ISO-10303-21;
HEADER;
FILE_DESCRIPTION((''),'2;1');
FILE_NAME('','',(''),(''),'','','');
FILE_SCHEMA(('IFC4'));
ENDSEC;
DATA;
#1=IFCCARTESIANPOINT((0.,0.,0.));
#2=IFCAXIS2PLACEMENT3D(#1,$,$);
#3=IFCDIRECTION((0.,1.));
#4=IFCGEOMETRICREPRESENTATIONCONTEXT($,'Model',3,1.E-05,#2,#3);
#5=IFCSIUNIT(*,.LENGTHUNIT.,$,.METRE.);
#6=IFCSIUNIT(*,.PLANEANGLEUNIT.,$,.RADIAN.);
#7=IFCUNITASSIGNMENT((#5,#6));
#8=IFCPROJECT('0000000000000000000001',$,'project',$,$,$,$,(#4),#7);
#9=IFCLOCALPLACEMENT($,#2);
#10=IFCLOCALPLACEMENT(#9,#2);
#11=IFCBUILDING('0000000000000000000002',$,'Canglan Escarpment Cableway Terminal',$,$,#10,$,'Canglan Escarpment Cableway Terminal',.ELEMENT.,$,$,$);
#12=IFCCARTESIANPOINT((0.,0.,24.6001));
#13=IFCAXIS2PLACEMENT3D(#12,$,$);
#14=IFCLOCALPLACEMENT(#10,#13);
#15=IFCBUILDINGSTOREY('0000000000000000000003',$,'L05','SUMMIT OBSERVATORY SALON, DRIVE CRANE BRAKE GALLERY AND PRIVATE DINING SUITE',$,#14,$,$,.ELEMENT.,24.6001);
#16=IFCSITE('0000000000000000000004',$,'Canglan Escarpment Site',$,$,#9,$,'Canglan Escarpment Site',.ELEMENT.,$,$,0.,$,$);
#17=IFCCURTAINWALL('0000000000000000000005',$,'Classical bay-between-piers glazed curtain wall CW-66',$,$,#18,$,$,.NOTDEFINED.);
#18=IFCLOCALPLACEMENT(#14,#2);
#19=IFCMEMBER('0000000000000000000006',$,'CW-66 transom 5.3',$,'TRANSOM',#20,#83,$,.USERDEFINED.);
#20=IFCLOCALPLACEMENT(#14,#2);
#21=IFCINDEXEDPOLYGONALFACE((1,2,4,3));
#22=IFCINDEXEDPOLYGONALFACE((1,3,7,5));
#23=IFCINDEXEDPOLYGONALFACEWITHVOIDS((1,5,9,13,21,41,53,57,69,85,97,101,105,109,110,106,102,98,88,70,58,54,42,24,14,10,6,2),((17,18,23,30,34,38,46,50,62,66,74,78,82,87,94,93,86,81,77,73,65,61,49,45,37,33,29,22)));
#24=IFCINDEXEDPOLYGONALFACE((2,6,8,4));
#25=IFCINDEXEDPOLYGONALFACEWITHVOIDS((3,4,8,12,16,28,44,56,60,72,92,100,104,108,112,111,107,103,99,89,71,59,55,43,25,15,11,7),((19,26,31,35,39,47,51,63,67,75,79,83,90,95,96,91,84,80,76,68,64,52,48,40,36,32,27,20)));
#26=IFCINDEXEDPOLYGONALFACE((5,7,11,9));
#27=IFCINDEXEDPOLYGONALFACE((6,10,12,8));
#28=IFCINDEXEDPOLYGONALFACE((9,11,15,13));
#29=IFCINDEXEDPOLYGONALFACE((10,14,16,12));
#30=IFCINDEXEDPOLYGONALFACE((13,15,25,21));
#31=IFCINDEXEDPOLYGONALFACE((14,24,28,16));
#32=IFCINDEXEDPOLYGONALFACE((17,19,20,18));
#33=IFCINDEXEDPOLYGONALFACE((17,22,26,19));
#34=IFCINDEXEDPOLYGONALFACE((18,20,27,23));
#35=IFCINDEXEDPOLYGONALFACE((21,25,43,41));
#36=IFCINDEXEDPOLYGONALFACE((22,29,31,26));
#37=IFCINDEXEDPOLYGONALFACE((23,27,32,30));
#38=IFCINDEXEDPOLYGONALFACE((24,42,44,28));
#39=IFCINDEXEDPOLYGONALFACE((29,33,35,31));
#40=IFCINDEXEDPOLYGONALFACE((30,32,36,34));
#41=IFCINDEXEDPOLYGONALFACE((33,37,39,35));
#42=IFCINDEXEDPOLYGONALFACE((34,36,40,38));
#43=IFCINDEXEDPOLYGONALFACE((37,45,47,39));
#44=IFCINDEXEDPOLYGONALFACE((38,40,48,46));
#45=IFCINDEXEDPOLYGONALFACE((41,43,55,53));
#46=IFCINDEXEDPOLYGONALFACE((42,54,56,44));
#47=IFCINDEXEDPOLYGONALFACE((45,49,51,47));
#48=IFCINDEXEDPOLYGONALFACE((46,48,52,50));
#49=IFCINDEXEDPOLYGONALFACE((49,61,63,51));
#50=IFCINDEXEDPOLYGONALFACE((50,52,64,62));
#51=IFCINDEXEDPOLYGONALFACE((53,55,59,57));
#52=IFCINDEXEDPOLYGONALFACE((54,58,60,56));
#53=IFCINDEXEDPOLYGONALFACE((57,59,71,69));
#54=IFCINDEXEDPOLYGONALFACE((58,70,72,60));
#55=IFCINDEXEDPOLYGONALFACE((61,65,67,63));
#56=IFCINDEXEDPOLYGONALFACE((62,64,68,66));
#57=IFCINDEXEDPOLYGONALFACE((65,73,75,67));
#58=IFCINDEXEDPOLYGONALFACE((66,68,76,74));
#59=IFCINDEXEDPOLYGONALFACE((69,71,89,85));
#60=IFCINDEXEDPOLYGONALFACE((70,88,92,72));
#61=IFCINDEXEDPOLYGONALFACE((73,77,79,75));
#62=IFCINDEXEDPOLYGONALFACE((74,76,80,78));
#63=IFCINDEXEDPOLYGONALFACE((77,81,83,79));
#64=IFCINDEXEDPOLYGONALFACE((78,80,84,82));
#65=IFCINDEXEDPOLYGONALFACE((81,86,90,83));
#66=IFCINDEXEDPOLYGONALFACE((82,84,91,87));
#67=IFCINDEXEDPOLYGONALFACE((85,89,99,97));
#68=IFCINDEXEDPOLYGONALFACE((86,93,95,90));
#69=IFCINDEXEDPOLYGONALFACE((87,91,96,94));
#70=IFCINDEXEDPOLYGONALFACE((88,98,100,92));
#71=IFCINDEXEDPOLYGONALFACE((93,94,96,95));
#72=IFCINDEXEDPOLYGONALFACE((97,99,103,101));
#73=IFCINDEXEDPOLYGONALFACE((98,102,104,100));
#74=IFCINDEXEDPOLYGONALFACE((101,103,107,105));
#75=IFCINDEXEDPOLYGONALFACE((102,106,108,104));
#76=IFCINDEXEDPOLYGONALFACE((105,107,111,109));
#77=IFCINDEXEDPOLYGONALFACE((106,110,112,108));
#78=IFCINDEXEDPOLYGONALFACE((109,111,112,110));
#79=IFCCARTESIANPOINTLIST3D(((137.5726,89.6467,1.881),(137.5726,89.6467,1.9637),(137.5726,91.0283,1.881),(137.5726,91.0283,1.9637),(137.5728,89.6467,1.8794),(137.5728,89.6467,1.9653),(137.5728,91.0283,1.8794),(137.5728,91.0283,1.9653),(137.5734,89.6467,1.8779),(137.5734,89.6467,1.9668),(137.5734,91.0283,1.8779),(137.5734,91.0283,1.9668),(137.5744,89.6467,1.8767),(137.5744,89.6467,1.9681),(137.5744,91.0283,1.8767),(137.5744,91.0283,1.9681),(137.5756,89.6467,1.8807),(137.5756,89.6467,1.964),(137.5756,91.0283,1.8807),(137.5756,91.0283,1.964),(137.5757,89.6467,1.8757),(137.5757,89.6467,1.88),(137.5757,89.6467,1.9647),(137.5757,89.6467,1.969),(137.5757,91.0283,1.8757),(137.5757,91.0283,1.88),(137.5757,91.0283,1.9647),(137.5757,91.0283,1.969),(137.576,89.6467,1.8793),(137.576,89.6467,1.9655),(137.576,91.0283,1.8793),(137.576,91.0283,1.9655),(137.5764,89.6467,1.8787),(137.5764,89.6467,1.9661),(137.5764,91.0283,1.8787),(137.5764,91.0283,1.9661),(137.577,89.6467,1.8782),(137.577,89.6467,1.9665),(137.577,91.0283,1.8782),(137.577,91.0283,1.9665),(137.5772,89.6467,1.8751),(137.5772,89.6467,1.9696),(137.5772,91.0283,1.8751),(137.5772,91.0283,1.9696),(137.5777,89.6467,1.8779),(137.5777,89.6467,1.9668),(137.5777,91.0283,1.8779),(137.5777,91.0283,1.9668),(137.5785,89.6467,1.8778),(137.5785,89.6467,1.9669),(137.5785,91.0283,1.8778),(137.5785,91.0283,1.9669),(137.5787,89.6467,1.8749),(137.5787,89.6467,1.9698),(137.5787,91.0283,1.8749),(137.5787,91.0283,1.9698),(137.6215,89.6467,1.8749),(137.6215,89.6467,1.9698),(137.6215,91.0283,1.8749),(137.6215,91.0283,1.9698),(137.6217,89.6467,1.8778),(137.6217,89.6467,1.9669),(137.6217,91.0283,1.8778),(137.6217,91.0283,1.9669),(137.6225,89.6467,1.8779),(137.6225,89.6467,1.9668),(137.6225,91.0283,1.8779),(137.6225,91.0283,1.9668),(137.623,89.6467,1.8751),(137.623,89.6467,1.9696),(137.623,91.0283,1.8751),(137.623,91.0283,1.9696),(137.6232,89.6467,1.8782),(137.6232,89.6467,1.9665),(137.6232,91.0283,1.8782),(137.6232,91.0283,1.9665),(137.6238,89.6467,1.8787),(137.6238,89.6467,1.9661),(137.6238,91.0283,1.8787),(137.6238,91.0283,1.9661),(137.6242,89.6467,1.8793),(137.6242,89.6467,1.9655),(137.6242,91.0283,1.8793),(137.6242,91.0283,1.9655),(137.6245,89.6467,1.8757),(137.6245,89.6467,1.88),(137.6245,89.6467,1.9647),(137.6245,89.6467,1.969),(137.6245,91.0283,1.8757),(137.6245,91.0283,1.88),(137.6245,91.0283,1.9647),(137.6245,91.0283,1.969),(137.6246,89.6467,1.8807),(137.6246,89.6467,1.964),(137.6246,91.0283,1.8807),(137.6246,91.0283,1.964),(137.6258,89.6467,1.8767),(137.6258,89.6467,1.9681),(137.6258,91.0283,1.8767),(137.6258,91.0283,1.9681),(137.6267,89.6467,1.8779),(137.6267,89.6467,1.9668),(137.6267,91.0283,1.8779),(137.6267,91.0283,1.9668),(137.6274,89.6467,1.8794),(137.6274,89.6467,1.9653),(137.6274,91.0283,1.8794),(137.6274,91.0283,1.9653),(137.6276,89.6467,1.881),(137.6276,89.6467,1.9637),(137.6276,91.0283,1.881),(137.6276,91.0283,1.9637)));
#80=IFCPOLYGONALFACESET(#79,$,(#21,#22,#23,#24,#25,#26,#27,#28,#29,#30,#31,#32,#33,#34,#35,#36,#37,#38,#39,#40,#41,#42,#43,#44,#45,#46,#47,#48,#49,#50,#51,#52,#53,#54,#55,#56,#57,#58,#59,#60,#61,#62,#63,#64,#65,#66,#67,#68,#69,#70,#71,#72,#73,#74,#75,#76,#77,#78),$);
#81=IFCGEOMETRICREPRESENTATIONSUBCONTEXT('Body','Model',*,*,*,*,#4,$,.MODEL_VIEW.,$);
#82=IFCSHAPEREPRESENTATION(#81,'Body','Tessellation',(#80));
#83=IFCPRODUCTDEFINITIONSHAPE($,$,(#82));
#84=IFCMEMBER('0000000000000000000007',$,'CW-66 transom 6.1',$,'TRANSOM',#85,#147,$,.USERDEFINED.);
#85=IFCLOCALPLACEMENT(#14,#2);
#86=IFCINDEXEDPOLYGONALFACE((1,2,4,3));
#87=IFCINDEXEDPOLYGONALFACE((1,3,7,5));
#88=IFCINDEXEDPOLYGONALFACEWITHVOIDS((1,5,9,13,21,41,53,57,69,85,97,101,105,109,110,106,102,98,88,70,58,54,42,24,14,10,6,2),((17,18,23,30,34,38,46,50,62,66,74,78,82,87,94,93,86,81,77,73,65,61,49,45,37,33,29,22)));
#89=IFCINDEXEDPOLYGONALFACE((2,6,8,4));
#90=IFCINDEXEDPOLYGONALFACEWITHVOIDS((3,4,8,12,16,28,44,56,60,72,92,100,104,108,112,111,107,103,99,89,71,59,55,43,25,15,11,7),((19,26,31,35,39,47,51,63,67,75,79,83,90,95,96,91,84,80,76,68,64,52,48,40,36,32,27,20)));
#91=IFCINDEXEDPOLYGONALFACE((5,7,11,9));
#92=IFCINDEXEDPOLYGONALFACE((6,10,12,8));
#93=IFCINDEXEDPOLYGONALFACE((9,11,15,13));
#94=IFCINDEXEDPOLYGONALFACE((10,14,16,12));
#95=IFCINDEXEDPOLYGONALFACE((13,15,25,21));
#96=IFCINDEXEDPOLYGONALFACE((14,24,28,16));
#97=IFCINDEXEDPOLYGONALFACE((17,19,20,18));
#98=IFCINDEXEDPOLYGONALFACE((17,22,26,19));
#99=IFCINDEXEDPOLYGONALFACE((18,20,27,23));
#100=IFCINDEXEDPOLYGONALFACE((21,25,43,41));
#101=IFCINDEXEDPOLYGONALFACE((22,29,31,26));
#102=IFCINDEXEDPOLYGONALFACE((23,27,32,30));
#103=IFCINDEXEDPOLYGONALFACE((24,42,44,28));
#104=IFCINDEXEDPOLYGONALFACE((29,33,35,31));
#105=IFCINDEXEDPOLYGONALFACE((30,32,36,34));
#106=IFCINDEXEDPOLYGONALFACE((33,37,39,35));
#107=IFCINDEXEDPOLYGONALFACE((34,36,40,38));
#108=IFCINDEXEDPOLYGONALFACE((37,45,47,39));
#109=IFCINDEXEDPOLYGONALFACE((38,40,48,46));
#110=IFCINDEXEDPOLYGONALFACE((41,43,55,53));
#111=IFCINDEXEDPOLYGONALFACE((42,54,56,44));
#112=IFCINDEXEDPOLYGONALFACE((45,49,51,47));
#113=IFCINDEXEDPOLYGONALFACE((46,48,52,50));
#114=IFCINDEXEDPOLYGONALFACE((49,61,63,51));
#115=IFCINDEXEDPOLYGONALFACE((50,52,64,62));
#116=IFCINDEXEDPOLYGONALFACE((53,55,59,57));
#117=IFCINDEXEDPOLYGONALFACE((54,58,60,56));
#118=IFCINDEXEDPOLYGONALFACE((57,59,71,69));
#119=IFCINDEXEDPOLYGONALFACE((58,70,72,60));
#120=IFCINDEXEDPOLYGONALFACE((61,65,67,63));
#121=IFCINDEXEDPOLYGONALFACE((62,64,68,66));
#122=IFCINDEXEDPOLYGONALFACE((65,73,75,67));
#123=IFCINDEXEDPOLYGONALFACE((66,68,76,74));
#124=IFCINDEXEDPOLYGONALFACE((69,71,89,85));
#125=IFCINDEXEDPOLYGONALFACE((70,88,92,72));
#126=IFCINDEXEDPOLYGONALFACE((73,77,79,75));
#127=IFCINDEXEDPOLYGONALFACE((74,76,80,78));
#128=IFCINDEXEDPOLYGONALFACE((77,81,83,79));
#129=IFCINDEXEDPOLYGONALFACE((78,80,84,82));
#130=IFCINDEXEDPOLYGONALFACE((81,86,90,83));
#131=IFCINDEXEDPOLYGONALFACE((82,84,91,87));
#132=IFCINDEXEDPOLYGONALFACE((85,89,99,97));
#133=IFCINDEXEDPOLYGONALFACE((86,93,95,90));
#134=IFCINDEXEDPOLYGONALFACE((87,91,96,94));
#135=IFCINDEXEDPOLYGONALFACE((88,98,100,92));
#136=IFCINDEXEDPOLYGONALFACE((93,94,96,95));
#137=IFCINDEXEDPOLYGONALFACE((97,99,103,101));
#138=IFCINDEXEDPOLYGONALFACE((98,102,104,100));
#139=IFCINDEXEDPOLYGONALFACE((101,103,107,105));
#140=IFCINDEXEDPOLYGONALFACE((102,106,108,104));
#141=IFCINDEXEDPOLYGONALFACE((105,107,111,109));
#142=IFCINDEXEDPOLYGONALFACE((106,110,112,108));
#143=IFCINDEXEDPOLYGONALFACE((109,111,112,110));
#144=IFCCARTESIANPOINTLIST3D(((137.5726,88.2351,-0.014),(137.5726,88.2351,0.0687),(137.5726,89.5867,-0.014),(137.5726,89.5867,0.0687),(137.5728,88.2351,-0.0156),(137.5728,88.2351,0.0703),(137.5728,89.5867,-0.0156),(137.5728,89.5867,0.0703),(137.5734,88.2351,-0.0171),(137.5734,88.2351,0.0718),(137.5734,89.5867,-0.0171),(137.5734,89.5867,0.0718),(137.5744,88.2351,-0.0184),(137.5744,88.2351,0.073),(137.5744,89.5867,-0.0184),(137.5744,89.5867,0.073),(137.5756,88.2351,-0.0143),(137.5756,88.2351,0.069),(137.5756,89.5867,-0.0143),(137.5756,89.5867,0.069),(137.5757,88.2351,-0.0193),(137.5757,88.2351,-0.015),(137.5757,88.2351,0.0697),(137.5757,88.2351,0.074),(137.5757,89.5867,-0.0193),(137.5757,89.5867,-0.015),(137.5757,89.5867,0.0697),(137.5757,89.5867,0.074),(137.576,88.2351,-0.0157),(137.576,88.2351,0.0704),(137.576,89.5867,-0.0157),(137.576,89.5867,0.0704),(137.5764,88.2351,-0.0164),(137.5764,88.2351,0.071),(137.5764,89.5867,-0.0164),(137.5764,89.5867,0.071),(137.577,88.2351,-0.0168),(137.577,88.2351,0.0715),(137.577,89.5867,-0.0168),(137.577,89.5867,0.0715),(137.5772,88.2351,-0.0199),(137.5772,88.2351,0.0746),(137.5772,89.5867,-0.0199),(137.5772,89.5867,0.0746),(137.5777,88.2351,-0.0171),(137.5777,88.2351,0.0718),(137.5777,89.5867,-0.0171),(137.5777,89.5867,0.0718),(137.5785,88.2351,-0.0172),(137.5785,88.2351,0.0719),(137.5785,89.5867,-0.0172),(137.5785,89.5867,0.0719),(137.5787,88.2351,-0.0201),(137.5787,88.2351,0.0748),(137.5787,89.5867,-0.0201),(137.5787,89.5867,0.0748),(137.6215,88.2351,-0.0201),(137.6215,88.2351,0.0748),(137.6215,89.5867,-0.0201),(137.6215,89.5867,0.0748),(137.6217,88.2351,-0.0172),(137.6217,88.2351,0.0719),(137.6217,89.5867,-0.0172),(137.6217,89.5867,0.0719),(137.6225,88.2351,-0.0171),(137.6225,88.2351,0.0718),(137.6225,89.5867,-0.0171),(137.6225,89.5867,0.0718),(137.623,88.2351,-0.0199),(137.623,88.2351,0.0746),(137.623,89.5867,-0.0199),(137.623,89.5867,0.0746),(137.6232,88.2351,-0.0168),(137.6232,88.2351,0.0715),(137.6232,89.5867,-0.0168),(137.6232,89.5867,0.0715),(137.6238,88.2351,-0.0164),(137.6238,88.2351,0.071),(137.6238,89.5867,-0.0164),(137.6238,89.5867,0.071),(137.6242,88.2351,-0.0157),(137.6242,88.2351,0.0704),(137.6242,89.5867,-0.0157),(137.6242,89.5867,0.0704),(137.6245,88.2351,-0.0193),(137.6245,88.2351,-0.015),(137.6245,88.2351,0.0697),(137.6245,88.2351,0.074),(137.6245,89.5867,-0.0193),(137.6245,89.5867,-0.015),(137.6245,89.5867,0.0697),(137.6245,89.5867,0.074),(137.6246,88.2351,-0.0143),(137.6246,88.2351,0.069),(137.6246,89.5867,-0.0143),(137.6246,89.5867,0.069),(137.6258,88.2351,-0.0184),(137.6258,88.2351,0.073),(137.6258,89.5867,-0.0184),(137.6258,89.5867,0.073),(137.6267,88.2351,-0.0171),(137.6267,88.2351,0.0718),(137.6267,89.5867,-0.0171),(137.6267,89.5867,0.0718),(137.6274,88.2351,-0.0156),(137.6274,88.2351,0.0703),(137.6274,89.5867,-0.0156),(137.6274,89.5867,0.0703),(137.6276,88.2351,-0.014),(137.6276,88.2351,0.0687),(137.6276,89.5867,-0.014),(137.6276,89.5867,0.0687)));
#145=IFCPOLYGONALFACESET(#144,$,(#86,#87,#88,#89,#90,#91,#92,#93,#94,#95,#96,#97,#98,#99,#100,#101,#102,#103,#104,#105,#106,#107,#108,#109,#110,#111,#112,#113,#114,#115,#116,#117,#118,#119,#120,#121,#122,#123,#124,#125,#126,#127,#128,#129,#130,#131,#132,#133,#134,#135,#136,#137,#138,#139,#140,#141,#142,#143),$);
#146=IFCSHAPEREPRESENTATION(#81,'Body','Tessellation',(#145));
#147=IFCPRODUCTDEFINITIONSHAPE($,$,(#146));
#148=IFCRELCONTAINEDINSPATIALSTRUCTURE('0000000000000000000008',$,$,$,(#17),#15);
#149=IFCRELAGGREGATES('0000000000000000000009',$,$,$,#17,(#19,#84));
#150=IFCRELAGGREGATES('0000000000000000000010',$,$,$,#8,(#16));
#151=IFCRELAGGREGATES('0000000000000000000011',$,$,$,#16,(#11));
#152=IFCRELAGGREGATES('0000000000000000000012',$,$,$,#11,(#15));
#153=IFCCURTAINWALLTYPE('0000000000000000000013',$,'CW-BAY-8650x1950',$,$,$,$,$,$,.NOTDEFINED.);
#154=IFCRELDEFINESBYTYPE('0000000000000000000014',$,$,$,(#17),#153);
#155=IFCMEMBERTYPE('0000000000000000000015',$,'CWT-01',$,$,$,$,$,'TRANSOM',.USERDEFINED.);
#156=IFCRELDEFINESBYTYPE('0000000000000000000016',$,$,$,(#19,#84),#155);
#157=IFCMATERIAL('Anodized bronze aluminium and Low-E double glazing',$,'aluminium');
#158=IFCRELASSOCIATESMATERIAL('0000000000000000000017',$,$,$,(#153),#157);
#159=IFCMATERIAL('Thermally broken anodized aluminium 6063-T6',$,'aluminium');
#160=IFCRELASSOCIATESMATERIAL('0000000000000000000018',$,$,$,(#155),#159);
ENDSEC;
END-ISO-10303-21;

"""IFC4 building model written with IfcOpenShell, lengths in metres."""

from ifc_helpers import new_model, si_unit, direction, frame, origin, origin_2d, place, context, subcontext, project, spatial, hollow_rectangle, extrude, material, material_profile, profile_set, type_object, element, aggregate, save


model = new_model("IFC4")

# Units and contexts
model_context = context("Model", 3, precision=1e-05, world=origin(), true_north=direction((0.0, 1.0)))
body_context = subcontext(model_context, "Body", "Model", "MODEL_VIEW")
ifc_project = project(units=[si_unit("LENGTHUNIT", "METRE"), si_unit("PLANEANGLEUNIT", "RADIAN")], contexts=[model_context])

# Site, building, storey
site_placement = place(None, origin())
site = spatial("IfcSite", under=ifc_project, at=site_placement, Name="Canglan Escarpment Site", LongName="Canglan Escarpment Site", CompositionType="ELEMENT", RefElevation=0.0)
building_placement = place(site_placement, origin())
building = spatial("IfcBuilding", under=site, at=building_placement, Name="Canglan Escarpment Cableway Terminal", LongName="Canglan Escarpment Cableway Terminal", CompositionType="ELEMENT")
storey_placement = place(building_placement, frame((0.0, 0.0, 24.6001)))
storey = spatial("IfcBuildingStorey", under=building, at=storey_placement, Name="L05", Description="SUMMIT OBSERVATORY SALON, DRIVE CRANE BRAKE GALLERY AND PRIVATE DINING SUITE", CompositionType="ELEMENT", Elevation=24.6001)

# Curtain wall, members
ifc_material_1 = material(Name="Anodized bronze aluminium and Low-E double glazing", Category="aluminium")
curtain_wall_type = type_object("IfcCurtainWallType", Name="CW-BAY-8650x1950", PredefinedType="NOTDEFINED", material=ifc_material_1)
curtain_wall_placement = place(storey_placement, origin())
curtain_wall = element("IfcCurtainWall", 1, at=curtain_wall_placement, inside=storey, type_object=curtain_wall_type, Name="Classical bay-between-piers glazed curtain wall CW-66", PredefinedType="NOTDEFINED")
ifc_material_2 = material(Name="Thermally broken anodized aluminium 6063-T6", Category="aluminium")
ifc_material_profile_1 = material_profile(ifc_material_2, hollow_rectangle(XDim=0.0549, YDim=0.095, WallThickness=0.0029, InnerFilletRadius=0.0029, OuterFilletRadius=0.0061, at=origin_2d()), Name="ALU-TRAN 55x95x3")
ifc_profile_set_1 = profile_set([ifc_material_profile_1], Name="Thermally broken anodized aluminium 6063-T6")
member_type_1 = type_object("IfcMemberType", Name="CWT-01", ElementType="TRANSOM", PredefinedType="USERDEFINED", material=ifc_profile_set_1)
member_1_placement = place(storey_placement, frame((137.6001, 91.0283, 1.9224), z_axis=(0.0, -1.0, 0.0), x_axis=(1.0, 0.0, 0.0)))
member_1 = element("IfcMember", 2, at=member_1_placement, type_object=member_type_1, Name="CW-66 transom 5.3", ObjectType="TRANSOM", PredefinedType="USERDEFINED", context=body_context, shape_type="SweptSolid", body=[
    extrude(hollow_rectangle(XDim=0.0549, YDim=0.095, WallThickness=0.0029, InnerFilletRadius=0.0029, OuterFilletRadius=0.0061, at=origin_2d()), origin(), (0.0, 0.0, 1.0), 1.3816),
])
member_2_placement = place(storey_placement, frame((137.6001, 89.5867, 0.0273), z_axis=(0.0, -1.0, 0.0), x_axis=(1.0, 0.0, 0.0)))
member_2 = element("IfcMember", 3, at=member_2_placement, type_object=member_type_1, Name="CW-66 transom 6.1", ObjectType="TRANSOM", PredefinedType="USERDEFINED", context=body_context, shape_type="SweptSolid", body=[
    extrude(hollow_rectangle(XDim=0.0549, YDim=0.095, WallThickness=0.0029, InnerFilletRadius=0.0029, OuterFilletRadius=0.0061, at=origin_2d()), origin(), (0.0, 0.0, 1.0), 1.3516),
])

aggregate(curtain_wall, [member_1, member_2])

save(model, "model.ifc")
